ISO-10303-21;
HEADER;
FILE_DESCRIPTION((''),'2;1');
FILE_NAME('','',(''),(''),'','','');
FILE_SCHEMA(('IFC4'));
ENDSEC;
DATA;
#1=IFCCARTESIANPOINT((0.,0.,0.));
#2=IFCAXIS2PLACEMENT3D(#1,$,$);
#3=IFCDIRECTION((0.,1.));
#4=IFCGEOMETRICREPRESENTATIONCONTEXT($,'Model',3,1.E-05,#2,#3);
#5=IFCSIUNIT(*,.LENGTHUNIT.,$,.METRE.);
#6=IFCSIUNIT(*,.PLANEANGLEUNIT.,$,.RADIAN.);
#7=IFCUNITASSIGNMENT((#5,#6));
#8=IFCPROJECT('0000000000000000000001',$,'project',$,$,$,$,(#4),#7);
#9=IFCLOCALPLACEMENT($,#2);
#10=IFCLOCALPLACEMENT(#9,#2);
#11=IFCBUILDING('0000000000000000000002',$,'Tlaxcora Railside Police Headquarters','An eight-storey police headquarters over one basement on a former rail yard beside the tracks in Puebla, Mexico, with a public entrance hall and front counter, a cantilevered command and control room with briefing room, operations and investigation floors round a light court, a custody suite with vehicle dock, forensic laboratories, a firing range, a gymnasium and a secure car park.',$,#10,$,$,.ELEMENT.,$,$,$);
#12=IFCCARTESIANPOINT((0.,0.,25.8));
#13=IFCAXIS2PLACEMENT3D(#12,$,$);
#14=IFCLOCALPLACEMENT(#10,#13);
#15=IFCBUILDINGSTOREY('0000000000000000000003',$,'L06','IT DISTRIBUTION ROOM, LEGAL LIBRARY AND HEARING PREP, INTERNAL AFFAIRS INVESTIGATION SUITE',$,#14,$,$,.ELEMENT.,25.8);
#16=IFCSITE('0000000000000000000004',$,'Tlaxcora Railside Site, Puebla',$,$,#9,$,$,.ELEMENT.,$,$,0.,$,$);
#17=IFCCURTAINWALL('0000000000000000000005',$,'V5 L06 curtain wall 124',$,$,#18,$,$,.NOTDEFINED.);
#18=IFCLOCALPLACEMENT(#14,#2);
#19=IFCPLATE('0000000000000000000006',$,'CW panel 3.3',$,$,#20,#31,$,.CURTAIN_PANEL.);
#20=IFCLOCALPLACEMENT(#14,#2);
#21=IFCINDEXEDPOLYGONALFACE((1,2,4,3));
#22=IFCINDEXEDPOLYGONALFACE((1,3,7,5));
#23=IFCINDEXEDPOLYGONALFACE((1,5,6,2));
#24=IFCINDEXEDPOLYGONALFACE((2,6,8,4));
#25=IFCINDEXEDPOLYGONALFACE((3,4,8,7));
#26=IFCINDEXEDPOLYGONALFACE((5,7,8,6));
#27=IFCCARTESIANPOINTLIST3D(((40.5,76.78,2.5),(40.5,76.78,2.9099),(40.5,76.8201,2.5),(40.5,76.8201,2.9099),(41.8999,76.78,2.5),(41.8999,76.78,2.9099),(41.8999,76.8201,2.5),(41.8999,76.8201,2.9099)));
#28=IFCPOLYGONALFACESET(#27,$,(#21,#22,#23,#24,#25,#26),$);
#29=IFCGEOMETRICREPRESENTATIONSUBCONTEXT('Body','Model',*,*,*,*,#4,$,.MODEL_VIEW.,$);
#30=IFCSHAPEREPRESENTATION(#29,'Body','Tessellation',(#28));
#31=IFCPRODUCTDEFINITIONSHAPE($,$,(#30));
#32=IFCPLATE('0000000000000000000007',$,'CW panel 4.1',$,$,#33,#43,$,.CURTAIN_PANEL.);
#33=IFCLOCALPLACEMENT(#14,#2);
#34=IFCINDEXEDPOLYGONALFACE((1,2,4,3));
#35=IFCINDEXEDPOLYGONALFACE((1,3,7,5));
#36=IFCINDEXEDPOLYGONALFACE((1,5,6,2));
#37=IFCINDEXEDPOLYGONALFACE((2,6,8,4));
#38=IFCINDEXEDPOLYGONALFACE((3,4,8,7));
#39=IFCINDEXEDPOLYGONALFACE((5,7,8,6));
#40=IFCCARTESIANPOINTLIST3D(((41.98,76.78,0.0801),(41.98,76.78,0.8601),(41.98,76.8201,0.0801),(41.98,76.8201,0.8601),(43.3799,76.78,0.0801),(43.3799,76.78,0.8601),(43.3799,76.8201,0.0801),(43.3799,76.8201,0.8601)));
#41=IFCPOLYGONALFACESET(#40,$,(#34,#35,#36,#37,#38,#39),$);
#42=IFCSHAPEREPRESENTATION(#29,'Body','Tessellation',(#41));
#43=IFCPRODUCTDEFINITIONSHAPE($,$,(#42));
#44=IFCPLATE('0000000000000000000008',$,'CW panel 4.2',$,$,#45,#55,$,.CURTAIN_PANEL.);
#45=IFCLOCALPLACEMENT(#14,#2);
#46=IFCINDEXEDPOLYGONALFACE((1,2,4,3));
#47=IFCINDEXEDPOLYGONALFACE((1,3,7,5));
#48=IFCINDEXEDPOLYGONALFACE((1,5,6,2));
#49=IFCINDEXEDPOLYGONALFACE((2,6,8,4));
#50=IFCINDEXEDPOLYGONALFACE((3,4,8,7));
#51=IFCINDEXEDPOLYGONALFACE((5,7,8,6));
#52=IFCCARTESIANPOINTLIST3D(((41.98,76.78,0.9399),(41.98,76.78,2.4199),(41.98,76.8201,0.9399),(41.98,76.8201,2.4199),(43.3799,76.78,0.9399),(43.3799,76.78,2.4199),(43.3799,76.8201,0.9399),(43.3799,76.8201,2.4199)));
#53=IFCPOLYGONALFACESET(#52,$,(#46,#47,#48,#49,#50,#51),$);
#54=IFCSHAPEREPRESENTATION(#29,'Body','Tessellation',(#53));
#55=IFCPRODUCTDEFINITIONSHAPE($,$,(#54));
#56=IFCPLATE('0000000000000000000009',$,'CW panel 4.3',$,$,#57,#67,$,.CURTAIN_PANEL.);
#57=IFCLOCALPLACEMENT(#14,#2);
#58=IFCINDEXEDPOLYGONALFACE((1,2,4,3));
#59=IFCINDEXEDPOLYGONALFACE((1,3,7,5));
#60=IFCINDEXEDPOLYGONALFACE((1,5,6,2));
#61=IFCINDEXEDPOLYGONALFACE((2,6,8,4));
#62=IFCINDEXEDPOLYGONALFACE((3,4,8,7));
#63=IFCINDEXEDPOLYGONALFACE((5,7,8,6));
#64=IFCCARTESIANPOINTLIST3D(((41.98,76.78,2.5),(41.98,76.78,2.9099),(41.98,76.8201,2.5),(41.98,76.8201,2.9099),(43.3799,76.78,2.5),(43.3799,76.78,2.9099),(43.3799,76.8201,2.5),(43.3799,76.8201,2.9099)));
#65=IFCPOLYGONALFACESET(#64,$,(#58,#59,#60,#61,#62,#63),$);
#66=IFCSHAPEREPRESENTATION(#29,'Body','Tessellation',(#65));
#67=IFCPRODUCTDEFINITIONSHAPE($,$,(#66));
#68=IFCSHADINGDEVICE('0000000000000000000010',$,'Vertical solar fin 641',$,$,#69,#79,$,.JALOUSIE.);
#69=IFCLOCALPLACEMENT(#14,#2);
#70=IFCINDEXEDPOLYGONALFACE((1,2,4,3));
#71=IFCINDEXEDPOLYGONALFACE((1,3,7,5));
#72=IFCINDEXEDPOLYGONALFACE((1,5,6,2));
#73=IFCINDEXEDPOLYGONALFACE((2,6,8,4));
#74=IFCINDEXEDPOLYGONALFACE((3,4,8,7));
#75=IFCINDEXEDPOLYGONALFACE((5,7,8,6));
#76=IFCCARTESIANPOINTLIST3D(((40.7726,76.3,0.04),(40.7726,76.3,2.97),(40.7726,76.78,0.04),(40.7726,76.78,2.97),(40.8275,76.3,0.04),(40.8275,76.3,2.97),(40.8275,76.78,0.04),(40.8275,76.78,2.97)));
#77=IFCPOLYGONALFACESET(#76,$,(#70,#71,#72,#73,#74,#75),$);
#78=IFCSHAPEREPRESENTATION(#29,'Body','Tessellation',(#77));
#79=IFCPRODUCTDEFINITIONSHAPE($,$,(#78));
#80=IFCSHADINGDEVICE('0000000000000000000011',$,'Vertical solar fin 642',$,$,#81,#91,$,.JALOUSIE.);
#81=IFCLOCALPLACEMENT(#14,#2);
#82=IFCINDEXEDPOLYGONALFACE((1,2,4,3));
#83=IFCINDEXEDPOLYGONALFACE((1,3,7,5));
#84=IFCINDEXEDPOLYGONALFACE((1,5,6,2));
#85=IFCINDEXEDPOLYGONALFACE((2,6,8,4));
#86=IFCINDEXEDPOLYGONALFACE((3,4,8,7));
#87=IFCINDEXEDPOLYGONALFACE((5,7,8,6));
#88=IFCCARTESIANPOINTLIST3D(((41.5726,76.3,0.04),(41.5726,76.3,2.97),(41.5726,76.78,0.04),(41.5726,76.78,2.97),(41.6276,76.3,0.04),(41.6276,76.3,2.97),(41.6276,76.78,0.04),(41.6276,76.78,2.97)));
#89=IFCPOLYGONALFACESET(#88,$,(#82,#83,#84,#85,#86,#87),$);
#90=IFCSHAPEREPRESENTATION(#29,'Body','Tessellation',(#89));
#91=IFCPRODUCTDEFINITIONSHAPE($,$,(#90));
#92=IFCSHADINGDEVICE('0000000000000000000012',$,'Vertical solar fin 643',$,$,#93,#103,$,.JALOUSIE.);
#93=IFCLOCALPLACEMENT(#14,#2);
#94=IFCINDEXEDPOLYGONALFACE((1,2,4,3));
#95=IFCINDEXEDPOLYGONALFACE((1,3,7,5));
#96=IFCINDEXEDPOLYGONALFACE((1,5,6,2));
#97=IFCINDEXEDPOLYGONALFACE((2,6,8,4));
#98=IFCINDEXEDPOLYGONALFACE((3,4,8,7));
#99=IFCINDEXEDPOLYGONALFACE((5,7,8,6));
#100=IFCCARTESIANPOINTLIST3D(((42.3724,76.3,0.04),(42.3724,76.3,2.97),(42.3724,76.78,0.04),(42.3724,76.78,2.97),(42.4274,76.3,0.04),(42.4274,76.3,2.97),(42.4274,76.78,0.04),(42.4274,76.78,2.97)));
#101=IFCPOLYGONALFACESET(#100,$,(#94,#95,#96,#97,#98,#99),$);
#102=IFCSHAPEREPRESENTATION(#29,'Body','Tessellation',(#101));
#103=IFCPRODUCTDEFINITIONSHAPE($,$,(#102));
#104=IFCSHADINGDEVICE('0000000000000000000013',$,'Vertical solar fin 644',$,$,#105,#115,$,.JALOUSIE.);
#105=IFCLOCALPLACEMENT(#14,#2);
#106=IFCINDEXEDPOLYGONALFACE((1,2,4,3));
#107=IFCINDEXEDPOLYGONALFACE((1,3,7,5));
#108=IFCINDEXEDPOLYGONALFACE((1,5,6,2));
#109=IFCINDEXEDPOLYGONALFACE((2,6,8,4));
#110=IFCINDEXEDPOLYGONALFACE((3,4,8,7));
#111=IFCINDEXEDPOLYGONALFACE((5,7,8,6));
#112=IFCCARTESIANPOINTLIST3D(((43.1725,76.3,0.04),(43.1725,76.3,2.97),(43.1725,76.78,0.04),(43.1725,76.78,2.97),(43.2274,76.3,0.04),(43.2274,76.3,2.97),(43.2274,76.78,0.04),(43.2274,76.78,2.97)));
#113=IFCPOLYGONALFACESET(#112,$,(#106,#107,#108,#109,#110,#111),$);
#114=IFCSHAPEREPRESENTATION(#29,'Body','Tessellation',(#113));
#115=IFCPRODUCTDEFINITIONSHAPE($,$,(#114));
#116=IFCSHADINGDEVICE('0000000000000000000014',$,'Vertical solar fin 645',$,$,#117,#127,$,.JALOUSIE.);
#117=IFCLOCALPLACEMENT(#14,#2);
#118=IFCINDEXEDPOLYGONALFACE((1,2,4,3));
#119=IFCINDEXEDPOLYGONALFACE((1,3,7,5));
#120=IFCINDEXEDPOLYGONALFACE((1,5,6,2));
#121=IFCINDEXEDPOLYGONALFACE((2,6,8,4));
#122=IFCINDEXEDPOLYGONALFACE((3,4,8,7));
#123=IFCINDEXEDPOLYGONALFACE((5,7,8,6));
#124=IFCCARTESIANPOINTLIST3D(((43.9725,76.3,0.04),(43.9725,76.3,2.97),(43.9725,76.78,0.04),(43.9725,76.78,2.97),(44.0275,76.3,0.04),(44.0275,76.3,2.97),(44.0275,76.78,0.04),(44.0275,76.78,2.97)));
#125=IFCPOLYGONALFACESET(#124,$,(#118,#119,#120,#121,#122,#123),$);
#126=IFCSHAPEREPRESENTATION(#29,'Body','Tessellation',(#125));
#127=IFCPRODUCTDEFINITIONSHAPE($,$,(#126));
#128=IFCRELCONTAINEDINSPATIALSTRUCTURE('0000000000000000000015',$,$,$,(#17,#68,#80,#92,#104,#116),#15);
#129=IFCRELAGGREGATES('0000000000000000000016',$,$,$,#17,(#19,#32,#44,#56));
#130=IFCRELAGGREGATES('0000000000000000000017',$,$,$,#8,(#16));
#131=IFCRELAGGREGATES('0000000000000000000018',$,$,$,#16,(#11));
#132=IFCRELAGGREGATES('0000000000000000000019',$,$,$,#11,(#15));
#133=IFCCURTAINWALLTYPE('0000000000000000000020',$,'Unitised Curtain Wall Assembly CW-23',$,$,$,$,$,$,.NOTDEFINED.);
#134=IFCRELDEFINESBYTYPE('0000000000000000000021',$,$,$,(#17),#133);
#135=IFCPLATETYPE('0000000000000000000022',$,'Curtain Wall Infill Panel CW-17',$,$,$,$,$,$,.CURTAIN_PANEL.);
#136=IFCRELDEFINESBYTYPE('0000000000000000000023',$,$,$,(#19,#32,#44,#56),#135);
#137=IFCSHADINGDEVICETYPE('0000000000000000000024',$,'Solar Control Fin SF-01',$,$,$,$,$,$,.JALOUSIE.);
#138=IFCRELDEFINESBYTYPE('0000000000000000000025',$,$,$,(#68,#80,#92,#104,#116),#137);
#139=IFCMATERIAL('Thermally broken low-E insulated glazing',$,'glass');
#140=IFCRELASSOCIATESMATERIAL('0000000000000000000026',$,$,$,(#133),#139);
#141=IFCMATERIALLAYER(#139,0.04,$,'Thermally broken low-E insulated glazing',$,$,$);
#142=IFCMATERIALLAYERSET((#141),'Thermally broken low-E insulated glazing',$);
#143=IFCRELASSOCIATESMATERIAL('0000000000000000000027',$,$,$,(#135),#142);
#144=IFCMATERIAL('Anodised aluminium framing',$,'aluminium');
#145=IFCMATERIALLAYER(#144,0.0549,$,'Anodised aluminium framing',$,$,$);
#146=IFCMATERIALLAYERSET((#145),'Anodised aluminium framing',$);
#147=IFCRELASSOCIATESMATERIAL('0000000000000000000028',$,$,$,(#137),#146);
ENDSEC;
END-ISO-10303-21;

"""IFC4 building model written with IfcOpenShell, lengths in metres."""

from ifc_helpers import new_model, si_unit, direction, frame, origin, origin_2d, place, context, subcontext, project, spatial, rectangle, extrude, material, layer, layer_set, type_object, element, aggregate, save


model = new_model("IFC4")

# Units and contexts
model_context = context("Model", 3, precision=1e-05, world=origin(), true_north=direction((0.0, 1.0)))
body_context = subcontext(model_context, "Body", "Model", "MODEL_VIEW")
ifc_project = project(units=[si_unit("LENGTHUNIT", "METRE"), si_unit("PLANEANGLEUNIT", "RADIAN")], contexts=[model_context])

# Site, building, storey
site_placement = place(None, origin())
site = spatial("IfcSite", under=ifc_project, at=site_placement, Name="Tlaxcora Railside Site, Puebla", CompositionType="ELEMENT", RefElevation=0.0)
building_placement = place(site_placement, origin())
building = spatial("IfcBuilding", under=site, at=building_placement, Name="Tlaxcora Railside Police Headquarters", Description="An eight-storey police headquarters over one basement on a former rail yard beside the tracks in Puebla, Mexico, with a public entrance hall and front counter, a cantilevered command and control room with briefing room, operations and investigation floors round a light court, a custody suite with vehicle dock, forensic laboratories, a firing range, a gymnasium and a secure car park.", CompositionType="ELEMENT")
storey_placement = place(building_placement, frame((0.0, 0.0, 25.8)))
storey = spatial("IfcBuildingStorey", under=building, at=storey_placement, Name="L06", Description="IT DISTRIBUTION ROOM, LEGAL LIBRARY AND HEARING PREP, INTERNAL AFFAIRS INVESTIGATION SUITE", CompositionType="ELEMENT", Elevation=25.8)

# Curtain wall, plates
ifc_material_1 = material(Name="Thermally broken low-E insulated glazing", Category="glass")
curtain_wall_type = type_object("IfcCurtainWallType", Name="Unitised Curtain Wall Assembly CW-23", PredefinedType="NOTDEFINED", material=ifc_material_1)
curtain_wall_placement = place(storey_placement, origin())
curtain_wall = element("IfcCurtainWall", 1, at=curtain_wall_placement, inside=storey, type_object=curtain_wall_type, Name="V5 L06 curtain wall 124", PredefinedType="NOTDEFINED")
ifc_material_2 = material(Name="Anodised aluminium framing", Category="aluminium")
ifc_layer_1 = layer(ifc_material_1, 0.04, Name="Thermally broken low-E insulated glazing")
ifc_layer_set_1 = layer_set([ifc_layer_1], Name="Thermally broken low-E insulated glazing")
plate_type = type_object("IfcPlateType", Name="Curtain Wall Infill Panel CW-17", PredefinedType="CURTAIN_PANEL", material=ifc_layer_set_1)
plate_1_placement = place(storey_placement, frame((41.2, 76.8, 2.5), z_axis=(0.0, 0.0, 1.0), x_axis=(1.0, 0.0, 0.0)))
plate_1 = element("IfcPlate", 2, at=plate_1_placement, type_object=plate_type, Name="CW panel 3.3", PredefinedType="CURTAIN_PANEL", context=body_context, shape_type="SweptSolid", body=[
    extrude(rectangle(XDim=1.3999, YDim=0.04, at=origin_2d()), origin(), (0.0, 0.0, 1.0), 0.4099),
])
plate_2_placement = place(storey_placement, frame((42.6799, 76.8, 0.0801), z_axis=(0.0, 0.0, 1.0), x_axis=(1.0, 0.0, 0.0)))
plate_2 = element("IfcPlate", 3, at=plate_2_placement, type_object=plate_type, Name="CW panel 4.1", PredefinedType="CURTAIN_PANEL", context=body_context, shape_type="SweptSolid", body=[
    extrude(rectangle(XDim=1.3999, YDim=0.04, at=origin_2d()), origin(), (0.0, 0.0, 1.0), 0.78),
])
plate_3_placement = place(storey_placement, frame((42.6799, 76.8, 0.9399), z_axis=(0.0, 0.0, 1.0), x_axis=(1.0, 0.0, 0.0)))
plate_3 = element("IfcPlate", 4, at=plate_3_placement, type_object=plate_type, Name="CW panel 4.2", PredefinedType="CURTAIN_PANEL", context=body_context, shape_type="SweptSolid", body=[
    extrude(rectangle(XDim=1.3999, YDim=0.04, at=origin_2d()), origin(), (0.0, 0.0, 1.0), 1.48),
])
plate_4_placement = place(storey_placement, frame((42.6799, 76.8, 2.5), z_axis=(0.0, 0.0, 1.0), x_axis=(1.0, 0.0, 0.0)))
plate_4 = element("IfcPlate", 5, at=plate_4_placement, type_object=plate_type, Name="CW panel 4.3", PredefinedType="CURTAIN_PANEL", context=body_context, shape_type="SweptSolid", body=[
    extrude(rectangle(XDim=1.3999, YDim=0.04, at=origin_2d()), origin(), (0.0, 0.0, 1.0), 0.4099),
])
aggregate(curtain_wall, [plate_1, plate_2, plate_3, plate_4])

# Shading devices
ifc_layer_2 = layer(ifc_material_2, 0.0549, Name="Anodised aluminium framing")
ifc_layer_set_2 = layer_set([ifc_layer_2], Name="Anodised aluminium framing")
shading_device_type = type_object("IfcShadingDeviceType", Name="Solar Control Fin SF-01", PredefinedType="JALOUSIE", material=ifc_layer_set_2)
for number, where, z_axis, x_axis, name in (
    (6, (40.8, 76.54, 0.04), (0.0, 0.0, 1.0), (0.0, -1.0, 0.0), "Vertical solar fin 641"),
    (7, (41.6001, 76.54, 0.04), (0.0, 0.0, 1.0), (0.0, -1.0, 0.0), "Vertical solar fin 642"),
    (8, (42.3999, 76.54, 0.04), (0.0, 0.0, 1.0), (0.0, -1.0, 0.0), "Vertical solar fin 643"),
    (9, (43.2, 76.54, 0.04), (0.0, 0.0, 1.0), (0.0, -1.0, 0.0), "Vertical solar fin 644"),
    (10, (44.0, 76.54, 0.04), (0.0, 0.0, 1.0), (0.0, -1.0, 0.0), "Vertical solar fin 645"),
):
    element("IfcShadingDevice", number, at=place(storey_placement, frame(where, z_axis=z_axis, x_axis=x_axis)), inside=storey, type_object=shading_device_type, Name=name, PredefinedType="JALOUSIE", context=body_context, shape_type="SweptSolid", body=[
        extrude(rectangle(XDim=0.48, YDim=0.0549, at=origin_2d()), origin(), (0.0, 0.0, 1.0), 2.9299),
    ])

save(model, "model.ifc")
